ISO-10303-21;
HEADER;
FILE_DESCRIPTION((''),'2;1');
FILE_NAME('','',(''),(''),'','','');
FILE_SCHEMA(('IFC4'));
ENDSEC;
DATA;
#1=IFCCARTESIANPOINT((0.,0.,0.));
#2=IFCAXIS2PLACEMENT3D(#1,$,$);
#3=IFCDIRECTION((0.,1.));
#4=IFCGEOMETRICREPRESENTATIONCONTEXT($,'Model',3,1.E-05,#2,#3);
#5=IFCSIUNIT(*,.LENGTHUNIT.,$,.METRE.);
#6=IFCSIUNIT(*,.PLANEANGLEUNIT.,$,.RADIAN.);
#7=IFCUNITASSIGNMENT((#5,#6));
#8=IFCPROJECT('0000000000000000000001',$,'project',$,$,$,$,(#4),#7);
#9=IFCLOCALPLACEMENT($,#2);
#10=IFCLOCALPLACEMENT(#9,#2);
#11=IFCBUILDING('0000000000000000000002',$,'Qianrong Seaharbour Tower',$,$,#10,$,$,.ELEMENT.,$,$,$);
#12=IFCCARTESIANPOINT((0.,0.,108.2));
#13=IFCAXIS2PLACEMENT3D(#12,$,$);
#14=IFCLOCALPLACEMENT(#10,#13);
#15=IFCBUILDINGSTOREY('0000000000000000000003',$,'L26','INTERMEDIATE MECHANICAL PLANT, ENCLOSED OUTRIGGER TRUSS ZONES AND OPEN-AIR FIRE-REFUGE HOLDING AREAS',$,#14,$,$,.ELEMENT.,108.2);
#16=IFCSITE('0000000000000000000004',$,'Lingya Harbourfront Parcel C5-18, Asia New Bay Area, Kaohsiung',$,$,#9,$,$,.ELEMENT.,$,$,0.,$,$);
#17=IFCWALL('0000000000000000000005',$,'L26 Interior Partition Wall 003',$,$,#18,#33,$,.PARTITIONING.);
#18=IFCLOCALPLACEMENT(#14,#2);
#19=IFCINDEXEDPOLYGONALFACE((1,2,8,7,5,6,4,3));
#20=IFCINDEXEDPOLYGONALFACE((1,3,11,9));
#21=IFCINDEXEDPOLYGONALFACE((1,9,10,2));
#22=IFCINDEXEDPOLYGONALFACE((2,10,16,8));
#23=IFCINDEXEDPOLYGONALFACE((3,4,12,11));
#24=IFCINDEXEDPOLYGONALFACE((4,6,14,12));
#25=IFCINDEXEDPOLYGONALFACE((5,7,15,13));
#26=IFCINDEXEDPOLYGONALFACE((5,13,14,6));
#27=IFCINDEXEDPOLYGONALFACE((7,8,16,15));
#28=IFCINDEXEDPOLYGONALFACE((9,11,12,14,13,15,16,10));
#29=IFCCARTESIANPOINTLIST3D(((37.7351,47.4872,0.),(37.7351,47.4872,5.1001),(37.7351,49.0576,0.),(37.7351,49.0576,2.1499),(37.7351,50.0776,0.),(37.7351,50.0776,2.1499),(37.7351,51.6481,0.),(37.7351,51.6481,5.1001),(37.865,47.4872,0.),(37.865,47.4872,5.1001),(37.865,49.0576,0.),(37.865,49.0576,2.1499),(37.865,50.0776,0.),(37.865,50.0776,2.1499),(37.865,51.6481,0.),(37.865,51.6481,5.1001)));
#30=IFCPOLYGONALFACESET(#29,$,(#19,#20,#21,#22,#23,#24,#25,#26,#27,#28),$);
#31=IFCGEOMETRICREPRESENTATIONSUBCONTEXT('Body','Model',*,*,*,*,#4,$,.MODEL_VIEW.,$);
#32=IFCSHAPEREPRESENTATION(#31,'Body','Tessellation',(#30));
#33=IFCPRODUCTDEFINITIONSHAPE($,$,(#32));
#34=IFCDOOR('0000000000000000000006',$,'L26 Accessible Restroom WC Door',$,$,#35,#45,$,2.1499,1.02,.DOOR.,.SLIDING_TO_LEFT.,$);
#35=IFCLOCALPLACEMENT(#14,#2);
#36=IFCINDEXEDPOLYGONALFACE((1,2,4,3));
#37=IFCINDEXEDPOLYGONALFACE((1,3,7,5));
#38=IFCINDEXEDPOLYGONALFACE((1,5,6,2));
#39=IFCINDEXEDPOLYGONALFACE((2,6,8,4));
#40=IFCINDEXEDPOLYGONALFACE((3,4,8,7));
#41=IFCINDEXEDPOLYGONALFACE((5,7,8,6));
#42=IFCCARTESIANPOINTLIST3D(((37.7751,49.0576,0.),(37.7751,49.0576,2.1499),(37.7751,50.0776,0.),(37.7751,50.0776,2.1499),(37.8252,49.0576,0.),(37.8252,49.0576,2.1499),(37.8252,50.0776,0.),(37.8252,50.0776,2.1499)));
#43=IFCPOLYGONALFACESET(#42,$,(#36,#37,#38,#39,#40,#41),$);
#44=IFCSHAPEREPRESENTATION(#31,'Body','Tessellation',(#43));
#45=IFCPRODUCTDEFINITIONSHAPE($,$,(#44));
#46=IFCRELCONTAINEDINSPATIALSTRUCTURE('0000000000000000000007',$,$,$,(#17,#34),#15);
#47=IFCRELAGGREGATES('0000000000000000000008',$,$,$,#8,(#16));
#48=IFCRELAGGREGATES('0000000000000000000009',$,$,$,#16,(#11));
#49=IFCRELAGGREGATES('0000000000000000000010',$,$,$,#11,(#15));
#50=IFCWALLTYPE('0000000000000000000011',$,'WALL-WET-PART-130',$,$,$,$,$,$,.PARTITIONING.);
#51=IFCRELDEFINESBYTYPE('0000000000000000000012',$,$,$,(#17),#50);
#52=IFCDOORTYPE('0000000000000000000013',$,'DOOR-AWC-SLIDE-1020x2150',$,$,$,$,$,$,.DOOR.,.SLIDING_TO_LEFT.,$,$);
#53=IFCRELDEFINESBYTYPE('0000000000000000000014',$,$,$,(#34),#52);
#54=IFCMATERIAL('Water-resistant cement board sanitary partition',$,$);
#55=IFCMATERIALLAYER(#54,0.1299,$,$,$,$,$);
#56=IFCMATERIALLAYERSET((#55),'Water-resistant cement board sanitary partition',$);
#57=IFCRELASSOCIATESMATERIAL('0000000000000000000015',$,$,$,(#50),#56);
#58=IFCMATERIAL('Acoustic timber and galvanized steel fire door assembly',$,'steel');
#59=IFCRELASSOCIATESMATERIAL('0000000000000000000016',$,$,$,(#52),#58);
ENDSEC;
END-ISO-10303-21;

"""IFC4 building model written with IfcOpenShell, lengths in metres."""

from ifc_helpers import new_model, si_unit, direction, frame, frame_2d, origin, place, context, subcontext, project, spatial, rectangle, extrude, material, layer, layer_set, type_object, element, fill, save


model = new_model("IFC4")

# Units and contexts
model_context = context("Model", 3, precision=1e-05, world=origin(), true_north=direction((0.0, 1.0)))
body_context = subcontext(model_context, "Body", "Model", "MODEL_VIEW")
ifc_project = project(units=[si_unit("LENGTHUNIT", "METRE"), si_unit("PLANEANGLEUNIT", "RADIAN")], contexts=[model_context])

# Site, building, storey
site_placement = place(None, origin())
site = spatial("IfcSite", under=ifc_project, at=site_placement, Name="Lingya Harbourfront Parcel C5-18, Asia New Bay Area, Kaohsiung", CompositionType="ELEMENT", RefElevation=0.0)
building_placement = place(site_placement, origin())
building = spatial("IfcBuilding", under=site, at=building_placement, Name="Qianrong Seaharbour Tower", CompositionType="ELEMENT")
storey_placement = place(building_placement, frame((0.0, 0.0, 108.2)))
storey = spatial("IfcBuildingStorey", under=building, at=storey_placement, Name="L26", Description="INTERMEDIATE MECHANICAL PLANT, ENCLOSED OUTRIGGER TRUSS ZONES AND OPEN-AIR FIRE-REFUGE HOLDING AREAS", CompositionType="ELEMENT", Elevation=108.2)

# Shared definitions
ifc_material_1 = material(Name="Acoustic timber and galvanized steel fire door assembly", Category="steel")

# Wall, opening, door
ifc_material_2 = material(Name="Water-resistant cement board sanitary partition")
ifc_layer_1 = layer(ifc_material_2, 0.1299)
ifc_layer_set_1 = layer_set([ifc_layer_1], Name="Water-resistant cement board sanitary partition")
wall_type_1 = type_object("IfcWallType", Name="WALL-WET-PART-130", PredefinedType="PARTITIONING", material=ifc_layer_set_1)
wall_1_placement = place(storey_placement, frame((37.8, 47.4871, 0.0), z_axis=(0.0, 0.0, 1.0), x_axis=(0.0, 1.0, 0.0)))
wall_1 = element("IfcWall", 1, at=wall_1_placement, inside=storey, type_object=wall_type_1, Name="L26 Interior Partition Wall 003", PredefinedType="PARTITIONING", context=body_context, shape_type="SweptSolid", body=[
    extrude(rectangle(XDim=4.1609, YDim=0.1299, at=frame_2d((2.0806, 0.0))), origin(), (0.0, 0.0, 1.0), 5.1001),
])
opening_1_placement = place(wall_1_placement, frame((1.5706, 0.0, 0.0)))
opening_1 = element("IfcOpeningElement", 2, at=opening_1_placement, cuts=wall_1, PredefinedType="OPENING", context=body_context, shape_type="SweptSolid", body=[
    extrude(rectangle(XDim=1.02, YDim=2.1499, at=frame_2d((0.51, 1.075))), frame((0.0, 0.075, 0.0), z_axis=(0.0, -1.0, 0.0), x_axis=(1.0, 0.0, 0.0)), (0.0, 0.0, 1.0), 0.1499),
])
door_type_1 = type_object("IfcDoorType", Name="DOOR-AWC-SLIDE-1020x2150", OperationType="SLIDING_TO_LEFT", PredefinedType="DOOR", material=ifc_material_1)
door_1_placement = place(opening_1_placement, origin())
door_1 = element("IfcDoor", 3, at=door_1_placement, inside=storey, type_object=door_type_1, Name="L26 Accessible Restroom WC Door", OperationType="SLIDING_TO_LEFT", OverallHeight=2.1499, OverallWidth=1.02, PredefinedType="DOOR", context=body_context, shape_type="SweptSolid", body=[
    extrude(rectangle(XDim=1.02, YDim=2.1499, at=frame_2d((0.51, 1.075))), frame((0.0, 0.0249, 0.0), z_axis=(0.0, -1.0, 0.0), x_axis=(1.0, 0.0, 0.0)), (0.0, 0.0, 1.0), 0.05),
])
fill(opening_1, door_1)

save(model, "model.ifc")
